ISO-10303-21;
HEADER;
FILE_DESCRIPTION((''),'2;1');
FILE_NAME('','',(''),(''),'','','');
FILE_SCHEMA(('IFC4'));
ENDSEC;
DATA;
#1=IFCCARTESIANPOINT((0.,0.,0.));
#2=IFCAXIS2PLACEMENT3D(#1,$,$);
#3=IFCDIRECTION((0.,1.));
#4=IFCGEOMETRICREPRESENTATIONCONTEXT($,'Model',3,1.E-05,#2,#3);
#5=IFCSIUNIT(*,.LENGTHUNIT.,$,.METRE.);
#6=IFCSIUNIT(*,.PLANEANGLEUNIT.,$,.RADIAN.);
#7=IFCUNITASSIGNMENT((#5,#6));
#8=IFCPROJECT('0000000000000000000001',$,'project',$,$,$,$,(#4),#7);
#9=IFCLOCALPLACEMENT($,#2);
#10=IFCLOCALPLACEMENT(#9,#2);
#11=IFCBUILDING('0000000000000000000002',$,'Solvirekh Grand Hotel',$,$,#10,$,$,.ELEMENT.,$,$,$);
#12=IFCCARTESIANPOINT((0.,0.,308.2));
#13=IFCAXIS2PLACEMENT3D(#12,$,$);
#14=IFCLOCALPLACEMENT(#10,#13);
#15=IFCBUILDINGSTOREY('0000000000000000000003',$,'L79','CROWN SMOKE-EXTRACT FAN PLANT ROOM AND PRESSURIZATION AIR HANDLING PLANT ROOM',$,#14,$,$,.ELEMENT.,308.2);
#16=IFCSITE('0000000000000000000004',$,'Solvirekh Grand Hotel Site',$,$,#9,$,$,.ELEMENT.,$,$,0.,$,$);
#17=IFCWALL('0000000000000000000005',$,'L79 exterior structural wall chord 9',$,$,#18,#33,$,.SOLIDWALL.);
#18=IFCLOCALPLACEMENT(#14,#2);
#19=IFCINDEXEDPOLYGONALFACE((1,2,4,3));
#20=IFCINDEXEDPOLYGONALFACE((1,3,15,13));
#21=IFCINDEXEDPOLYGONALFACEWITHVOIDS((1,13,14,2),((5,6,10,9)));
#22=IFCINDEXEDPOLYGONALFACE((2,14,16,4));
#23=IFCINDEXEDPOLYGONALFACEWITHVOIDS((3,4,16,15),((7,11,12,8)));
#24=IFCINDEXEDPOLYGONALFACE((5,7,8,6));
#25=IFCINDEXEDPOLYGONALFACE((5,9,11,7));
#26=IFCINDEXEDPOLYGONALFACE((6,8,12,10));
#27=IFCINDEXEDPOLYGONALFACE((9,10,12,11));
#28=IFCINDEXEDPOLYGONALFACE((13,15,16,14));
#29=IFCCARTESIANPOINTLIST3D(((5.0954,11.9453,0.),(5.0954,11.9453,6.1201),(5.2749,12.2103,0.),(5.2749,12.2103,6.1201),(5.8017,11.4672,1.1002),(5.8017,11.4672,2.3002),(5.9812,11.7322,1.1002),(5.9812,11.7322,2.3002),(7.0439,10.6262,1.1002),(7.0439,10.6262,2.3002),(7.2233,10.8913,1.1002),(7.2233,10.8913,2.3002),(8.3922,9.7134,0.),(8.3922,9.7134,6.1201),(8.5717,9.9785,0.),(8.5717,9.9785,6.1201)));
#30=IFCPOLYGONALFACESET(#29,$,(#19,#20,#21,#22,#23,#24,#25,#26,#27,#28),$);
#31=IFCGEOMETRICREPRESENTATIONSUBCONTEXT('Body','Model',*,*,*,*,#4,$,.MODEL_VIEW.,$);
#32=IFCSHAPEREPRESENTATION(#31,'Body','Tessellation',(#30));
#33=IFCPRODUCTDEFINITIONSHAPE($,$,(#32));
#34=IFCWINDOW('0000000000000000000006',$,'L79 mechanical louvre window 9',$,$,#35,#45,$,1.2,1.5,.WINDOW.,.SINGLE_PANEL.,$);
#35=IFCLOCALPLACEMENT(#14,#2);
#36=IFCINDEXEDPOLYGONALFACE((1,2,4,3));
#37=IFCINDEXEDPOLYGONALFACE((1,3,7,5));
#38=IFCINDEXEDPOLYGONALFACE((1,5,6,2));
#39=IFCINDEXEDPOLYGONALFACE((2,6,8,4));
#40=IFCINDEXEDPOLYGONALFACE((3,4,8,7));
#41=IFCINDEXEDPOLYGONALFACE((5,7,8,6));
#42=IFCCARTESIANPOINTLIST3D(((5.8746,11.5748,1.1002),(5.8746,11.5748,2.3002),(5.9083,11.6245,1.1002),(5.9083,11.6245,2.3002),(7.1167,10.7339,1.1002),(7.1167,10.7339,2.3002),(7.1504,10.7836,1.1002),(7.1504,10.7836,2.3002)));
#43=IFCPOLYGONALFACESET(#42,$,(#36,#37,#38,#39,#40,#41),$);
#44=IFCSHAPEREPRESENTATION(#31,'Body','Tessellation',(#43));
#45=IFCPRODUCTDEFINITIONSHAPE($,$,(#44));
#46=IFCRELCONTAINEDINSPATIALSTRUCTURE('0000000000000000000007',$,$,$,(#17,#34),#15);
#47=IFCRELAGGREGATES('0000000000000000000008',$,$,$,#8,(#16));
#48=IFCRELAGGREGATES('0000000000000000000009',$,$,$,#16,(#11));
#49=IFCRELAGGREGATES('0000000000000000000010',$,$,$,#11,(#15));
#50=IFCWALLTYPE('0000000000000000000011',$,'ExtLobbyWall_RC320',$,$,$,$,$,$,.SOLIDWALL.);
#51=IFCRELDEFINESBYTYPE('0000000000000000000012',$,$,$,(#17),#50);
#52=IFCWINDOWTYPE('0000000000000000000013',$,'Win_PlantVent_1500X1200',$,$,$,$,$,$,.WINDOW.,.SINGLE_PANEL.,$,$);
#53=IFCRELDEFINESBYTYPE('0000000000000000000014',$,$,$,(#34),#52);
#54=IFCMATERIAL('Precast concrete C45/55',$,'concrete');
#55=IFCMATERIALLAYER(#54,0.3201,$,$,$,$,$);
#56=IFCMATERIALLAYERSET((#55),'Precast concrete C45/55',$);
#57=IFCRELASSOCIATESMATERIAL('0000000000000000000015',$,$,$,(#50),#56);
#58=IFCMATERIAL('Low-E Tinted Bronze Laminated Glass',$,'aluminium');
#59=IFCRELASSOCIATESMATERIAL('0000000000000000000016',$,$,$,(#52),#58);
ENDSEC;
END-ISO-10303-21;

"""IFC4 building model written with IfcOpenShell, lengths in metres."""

from ifc_helpers import new_model, si_unit, direction, frame, frame_2d, origin, place, context, subcontext, project, spatial, rectangle, extrude, material, layer, layer_set, type_object, element, fill, save


model = new_model("IFC4")

# Units and contexts
model_context = context("Model", 3, precision=1e-05, world=origin(), true_north=direction((0.0, 1.0)))
body_context = subcontext(model_context, "Body", "Model", "MODEL_VIEW")
ifc_project = project(units=[si_unit("LENGTHUNIT", "METRE"), si_unit("PLANEANGLEUNIT", "RADIAN")], contexts=[model_context])

# Site, building, storey
site_placement = place(None, origin())
site = spatial("IfcSite", under=ifc_project, at=site_placement, Name="Solvirekh Grand Hotel Site", CompositionType="ELEMENT", RefElevation=0.0)
building_placement = place(site_placement, origin())
building = spatial("IfcBuilding", under=site, at=building_placement, Name="Solvirekh Grand Hotel", CompositionType="ELEMENT")
storey_placement = place(building_placement, frame((0.0, 0.0, 308.2)))
storey = spatial("IfcBuildingStorey", under=building, at=storey_placement, Name="L79", Description="CROWN SMOKE-EXTRACT FAN PLANT ROOM AND PRESSURIZATION AIR HANDLING PLANT ROOM", CompositionType="ELEMENT", Elevation=308.2)

# Wall, opening, window
ifc_material_1 = material(Name="Precast concrete C45/55", Category="concrete")
ifc_layer_1 = layer(ifc_material_1, 0.3201)
ifc_layer_set_1 = layer_set([ifc_layer_1], Name="Precast concrete C45/55")
wall_type_1 = type_object("IfcWallType", Name="ExtLobbyWall_RC320", PredefinedType="SOLIDWALL", material=ifc_layer_set_1)
wall_1_placement = place(storey_placement, frame((5.1851, 12.0779, 0.0), z_axis=(0.0, 0.0, 1.0), x_axis=(0.828086, -0.560601, 0.0)))
wall_1 = element("IfcWall", 1, at=wall_1_placement, inside=storey, type_object=wall_type_1, Name="L79 exterior structural wall chord 9", PredefinedType="SOLIDWALL", context=body_context, shape_type="SweptSolid", body=[
    extrude(rectangle(XDim=3.9812, YDim=0.3201, at=frame_2d((1.9907, 0.0))), origin(), (0.0, 0.0, 1.0), 6.1201),
])
opening_placement = place(wall_1_placement, frame((0.853, 0.0, 1.1001)))
opening = element("IfcOpeningElement", 2, at=opening_placement, cuts=wall_1, PredefinedType="OPENING", context=body_context, shape_type="SweptSolid", body=[
    extrude(rectangle(XDim=1.5, YDim=1.2, at=frame_2d((0.75, 0.6001))), frame((0.0, 0.1699, 0.0), z_axis=(0.0, -1.0, 0.0), x_axis=(1.0, 0.0, 0.0)), (0.0, 0.0, 1.0), 0.3401),
])
ifc_material_2 = material(Name="Low-E Tinted Bronze Laminated Glass", Category="aluminium")
window_type = type_object("IfcWindowType", Name="Win_PlantVent_1500X1200", PartitioningType="SINGLE_PANEL", PredefinedType="WINDOW", material=ifc_material_2)
window_placement = place(opening_placement, origin())
window = element("IfcWindow", 3, at=window_placement, inside=storey, type_object=window_type, Name="L79 mechanical louvre window 9", OverallHeight=1.2, OverallWidth=1.5, PartitioningType="SINGLE_PANEL", PredefinedType="WINDOW", context=body_context, shape_type="SweptSolid", body=[
    extrude(rectangle(XDim=1.5, YDim=1.2, at=frame_2d((0.75, 0.6001))), frame((0.0, 0.03, 0.0), z_axis=(0.0, -1.0, 0.0), x_axis=(1.0, 0.0, 0.0)), (0.0, 0.0, 1.0), 0.0601),
])
fill(opening, window)

save(model, "model.ifc")
